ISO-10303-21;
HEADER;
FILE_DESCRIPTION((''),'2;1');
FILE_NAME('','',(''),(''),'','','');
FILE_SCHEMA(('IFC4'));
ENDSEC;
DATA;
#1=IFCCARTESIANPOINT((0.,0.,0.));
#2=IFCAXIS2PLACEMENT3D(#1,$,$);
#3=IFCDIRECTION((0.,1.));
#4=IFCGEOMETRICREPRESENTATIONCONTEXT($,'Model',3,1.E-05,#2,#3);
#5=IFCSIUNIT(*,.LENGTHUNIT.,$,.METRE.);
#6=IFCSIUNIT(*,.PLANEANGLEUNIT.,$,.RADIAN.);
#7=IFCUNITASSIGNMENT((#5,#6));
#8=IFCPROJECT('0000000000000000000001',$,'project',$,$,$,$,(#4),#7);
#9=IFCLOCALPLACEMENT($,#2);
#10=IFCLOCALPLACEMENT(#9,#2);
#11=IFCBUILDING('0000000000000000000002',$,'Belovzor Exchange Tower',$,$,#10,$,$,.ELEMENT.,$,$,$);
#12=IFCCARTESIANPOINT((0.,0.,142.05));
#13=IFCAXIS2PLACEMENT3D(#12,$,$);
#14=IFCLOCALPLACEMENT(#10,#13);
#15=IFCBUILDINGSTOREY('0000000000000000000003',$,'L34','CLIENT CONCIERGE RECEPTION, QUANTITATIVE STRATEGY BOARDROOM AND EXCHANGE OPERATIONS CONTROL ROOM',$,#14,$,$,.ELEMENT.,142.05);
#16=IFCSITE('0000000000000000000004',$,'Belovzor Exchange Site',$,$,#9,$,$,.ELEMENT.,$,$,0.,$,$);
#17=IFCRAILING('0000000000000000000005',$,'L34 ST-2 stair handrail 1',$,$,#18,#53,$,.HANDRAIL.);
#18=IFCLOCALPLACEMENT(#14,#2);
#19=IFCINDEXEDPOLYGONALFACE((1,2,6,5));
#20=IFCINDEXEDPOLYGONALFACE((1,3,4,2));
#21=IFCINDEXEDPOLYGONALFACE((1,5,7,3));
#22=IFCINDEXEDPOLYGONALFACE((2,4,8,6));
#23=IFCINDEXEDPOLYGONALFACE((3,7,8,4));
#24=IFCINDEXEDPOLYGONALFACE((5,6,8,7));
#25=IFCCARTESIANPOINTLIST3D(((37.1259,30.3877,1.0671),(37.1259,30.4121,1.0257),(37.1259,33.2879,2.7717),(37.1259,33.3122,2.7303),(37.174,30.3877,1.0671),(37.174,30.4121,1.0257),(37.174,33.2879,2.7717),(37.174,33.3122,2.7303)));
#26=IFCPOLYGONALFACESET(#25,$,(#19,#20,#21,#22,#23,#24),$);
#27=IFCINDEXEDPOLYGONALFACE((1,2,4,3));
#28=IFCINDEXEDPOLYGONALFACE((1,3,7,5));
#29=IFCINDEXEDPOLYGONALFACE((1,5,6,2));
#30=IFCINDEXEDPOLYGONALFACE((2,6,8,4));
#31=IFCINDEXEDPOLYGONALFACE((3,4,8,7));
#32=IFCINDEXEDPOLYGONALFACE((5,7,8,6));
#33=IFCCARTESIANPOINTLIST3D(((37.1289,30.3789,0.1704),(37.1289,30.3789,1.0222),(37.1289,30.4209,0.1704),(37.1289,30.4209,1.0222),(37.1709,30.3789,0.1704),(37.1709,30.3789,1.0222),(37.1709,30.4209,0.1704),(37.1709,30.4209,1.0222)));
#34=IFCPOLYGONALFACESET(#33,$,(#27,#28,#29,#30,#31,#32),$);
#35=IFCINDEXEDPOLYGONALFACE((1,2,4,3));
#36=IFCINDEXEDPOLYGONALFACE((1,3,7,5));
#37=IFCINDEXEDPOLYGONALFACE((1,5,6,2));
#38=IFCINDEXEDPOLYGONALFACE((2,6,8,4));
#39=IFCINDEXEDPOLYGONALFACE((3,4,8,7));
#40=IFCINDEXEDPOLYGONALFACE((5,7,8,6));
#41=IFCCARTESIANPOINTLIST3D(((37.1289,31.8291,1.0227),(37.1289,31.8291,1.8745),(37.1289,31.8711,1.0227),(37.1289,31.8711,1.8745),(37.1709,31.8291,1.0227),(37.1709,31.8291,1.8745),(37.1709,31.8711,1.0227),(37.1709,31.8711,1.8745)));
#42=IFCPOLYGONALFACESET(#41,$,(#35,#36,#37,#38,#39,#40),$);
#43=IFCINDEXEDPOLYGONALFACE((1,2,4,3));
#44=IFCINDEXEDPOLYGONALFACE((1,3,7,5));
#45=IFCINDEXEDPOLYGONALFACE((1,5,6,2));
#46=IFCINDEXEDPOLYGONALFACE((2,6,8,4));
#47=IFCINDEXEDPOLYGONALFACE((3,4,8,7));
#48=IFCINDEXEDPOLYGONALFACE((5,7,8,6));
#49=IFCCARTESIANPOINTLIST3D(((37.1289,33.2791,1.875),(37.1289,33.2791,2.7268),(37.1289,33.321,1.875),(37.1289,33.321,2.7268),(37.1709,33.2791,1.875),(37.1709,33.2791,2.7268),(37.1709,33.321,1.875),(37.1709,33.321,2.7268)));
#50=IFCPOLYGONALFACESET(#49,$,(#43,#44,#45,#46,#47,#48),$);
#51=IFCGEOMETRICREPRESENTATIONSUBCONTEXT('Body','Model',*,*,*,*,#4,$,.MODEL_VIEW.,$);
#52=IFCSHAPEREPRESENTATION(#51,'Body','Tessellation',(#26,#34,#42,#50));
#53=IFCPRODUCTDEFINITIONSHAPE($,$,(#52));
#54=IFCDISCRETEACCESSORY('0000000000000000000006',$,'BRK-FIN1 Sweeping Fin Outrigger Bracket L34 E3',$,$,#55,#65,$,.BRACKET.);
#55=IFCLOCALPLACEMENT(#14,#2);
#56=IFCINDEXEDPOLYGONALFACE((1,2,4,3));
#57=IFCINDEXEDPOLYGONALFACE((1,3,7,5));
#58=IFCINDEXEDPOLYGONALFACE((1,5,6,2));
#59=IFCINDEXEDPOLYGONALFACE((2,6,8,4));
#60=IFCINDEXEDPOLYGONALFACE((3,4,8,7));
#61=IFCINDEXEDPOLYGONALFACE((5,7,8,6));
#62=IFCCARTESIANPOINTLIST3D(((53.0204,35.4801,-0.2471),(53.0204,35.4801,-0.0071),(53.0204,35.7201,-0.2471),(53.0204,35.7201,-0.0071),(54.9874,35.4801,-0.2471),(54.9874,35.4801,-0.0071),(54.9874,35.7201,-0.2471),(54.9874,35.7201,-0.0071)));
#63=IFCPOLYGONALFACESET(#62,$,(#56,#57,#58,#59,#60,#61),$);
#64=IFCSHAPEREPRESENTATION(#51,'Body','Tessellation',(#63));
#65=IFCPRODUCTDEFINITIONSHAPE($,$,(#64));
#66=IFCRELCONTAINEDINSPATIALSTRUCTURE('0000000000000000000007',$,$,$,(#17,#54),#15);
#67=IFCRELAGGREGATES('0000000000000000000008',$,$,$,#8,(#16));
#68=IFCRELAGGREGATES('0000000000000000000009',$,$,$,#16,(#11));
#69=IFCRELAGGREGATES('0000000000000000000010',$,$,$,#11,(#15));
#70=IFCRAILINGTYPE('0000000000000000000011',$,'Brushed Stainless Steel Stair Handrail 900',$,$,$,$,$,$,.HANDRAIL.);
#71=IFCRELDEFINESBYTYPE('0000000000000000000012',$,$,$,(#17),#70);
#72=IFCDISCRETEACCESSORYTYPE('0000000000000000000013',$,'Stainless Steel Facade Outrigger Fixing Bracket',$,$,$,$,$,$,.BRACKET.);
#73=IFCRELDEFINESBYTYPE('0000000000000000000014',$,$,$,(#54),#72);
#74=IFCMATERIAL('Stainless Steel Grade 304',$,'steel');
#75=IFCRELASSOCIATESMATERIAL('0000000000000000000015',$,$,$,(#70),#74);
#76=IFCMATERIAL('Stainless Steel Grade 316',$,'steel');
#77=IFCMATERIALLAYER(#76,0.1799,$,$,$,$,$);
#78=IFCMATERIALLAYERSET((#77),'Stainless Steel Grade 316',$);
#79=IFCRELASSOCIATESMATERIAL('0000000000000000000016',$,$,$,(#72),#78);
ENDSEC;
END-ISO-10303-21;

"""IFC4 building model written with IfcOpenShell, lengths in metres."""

from ifc_helpers import new_model, si_unit, direction, frame, origin, origin_2d, place, context, subcontext, project, spatial, rectangle, extrude, material, layer, layer_set, type_object, element, save


model = new_model("IFC4")

# Units and contexts
model_context = context("Model", 3, precision=1e-05, world=origin(), true_north=direction((0.0, 1.0)))
body_context = subcontext(model_context, "Body", "Model", "MODEL_VIEW")
ifc_project = project(units=[si_unit("LENGTHUNIT", "METRE"), si_unit("PLANEANGLEUNIT", "RADIAN")], contexts=[model_context])

# Site, building, storey
site_placement = place(None, origin())
site = spatial("IfcSite", under=ifc_project, at=site_placement, Name="Belovzor Exchange Site", CompositionType="ELEMENT", RefElevation=0.0)
building_placement = place(site_placement, origin())
building = spatial("IfcBuilding", under=site, at=building_placement, Name="Belovzor Exchange Tower", CompositionType="ELEMENT")
storey_placement = place(building_placement, frame((0.0, 0.0, 142.05)))
storey = spatial("IfcBuildingStorey", under=building, at=storey_placement, Name="L34", Description="CLIENT CONCIERGE RECEPTION, QUANTITATIVE STRATEGY BOARDROOM AND EXCHANGE OPERATIONS CONTROL ROOM", CompositionType="ELEMENT", Elevation=142.05)

# Railing
ifc_material_1 = material(Name="Stainless Steel Grade 304", Category="steel")
railing_type = type_object("IfcRailingType", Name="Brushed Stainless Steel Stair Handrail 900", PredefinedType="HANDRAIL", material=ifc_material_1)
railing_placement = place(storey_placement, frame((37.1499, 30.3999, 0.1704)))
element("IfcRailing", 1, at=railing_placement, inside=storey, type_object=railing_type, Name="L34 ST-2 stair handrail 1", PredefinedType="HANDRAIL", context=body_context, shape_type="SweptSolid", body=[
    extrude(rectangle(XDim=0.0481, YDim=0.0481, at=origin_2d()), frame((0.0, 0.0, 0.876), z_axis=(0.0, 0.862113, 0.506716), x_axis=(-1.0, 0.0, 0.0)), (0.0, 0.0, 1.0), 3.364),
    extrude(rectangle(XDim=0.042, YDim=0.042, at=origin_2d()), origin(), (0.0, 0.0, 1.0), 0.8518),
    extrude(rectangle(XDim=0.042, YDim=0.042, at=origin_2d()), frame((0.0, 1.4502, 0.8523)), (0.0, 0.0, 1.0), 0.8518),
    extrude(rectangle(XDim=0.042, YDim=0.042, at=origin_2d()), frame((0.0, 2.9001, 1.7046)), (0.0, 0.0, 1.0), 0.8518),
])

# Discrete accessory
ifc_material_2 = material(Name="Stainless Steel Grade 316", Category="steel")
ifc_layer_1 = layer(ifc_material_2, 0.1799)
ifc_layer_set_1 = layer_set([ifc_layer_1], Name="Stainless Steel Grade 316")
discrete_accessory_type = type_object("IfcDiscreteAccessoryType", Name="Stainless Steel Facade Outrigger Fixing Bracket", PredefinedType="BRACKET", material=ifc_layer_set_1)
discrete_accessory_placement = place(storey_placement, frame((54.0039, 35.6001, -0.2471), z_axis=(0.0, 0.0, 1.0), x_axis=(1.0, 0.0, 0.0)))
element("IfcDiscreteAccessory", 2, at=discrete_accessory_placement, inside=storey, type_object=discrete_accessory_type, Name="BRK-FIN1 Sweeping Fin Outrigger Bracket L34 E3", PredefinedType="BRACKET", context=body_context, shape_type="SweptSolid", body=[
    extrude(rectangle(XDim=1.967, YDim=0.24, at=origin_2d()), origin(), (0.0, 0.0, 1.0), 0.24),
])

save(model, "model.ifc")
